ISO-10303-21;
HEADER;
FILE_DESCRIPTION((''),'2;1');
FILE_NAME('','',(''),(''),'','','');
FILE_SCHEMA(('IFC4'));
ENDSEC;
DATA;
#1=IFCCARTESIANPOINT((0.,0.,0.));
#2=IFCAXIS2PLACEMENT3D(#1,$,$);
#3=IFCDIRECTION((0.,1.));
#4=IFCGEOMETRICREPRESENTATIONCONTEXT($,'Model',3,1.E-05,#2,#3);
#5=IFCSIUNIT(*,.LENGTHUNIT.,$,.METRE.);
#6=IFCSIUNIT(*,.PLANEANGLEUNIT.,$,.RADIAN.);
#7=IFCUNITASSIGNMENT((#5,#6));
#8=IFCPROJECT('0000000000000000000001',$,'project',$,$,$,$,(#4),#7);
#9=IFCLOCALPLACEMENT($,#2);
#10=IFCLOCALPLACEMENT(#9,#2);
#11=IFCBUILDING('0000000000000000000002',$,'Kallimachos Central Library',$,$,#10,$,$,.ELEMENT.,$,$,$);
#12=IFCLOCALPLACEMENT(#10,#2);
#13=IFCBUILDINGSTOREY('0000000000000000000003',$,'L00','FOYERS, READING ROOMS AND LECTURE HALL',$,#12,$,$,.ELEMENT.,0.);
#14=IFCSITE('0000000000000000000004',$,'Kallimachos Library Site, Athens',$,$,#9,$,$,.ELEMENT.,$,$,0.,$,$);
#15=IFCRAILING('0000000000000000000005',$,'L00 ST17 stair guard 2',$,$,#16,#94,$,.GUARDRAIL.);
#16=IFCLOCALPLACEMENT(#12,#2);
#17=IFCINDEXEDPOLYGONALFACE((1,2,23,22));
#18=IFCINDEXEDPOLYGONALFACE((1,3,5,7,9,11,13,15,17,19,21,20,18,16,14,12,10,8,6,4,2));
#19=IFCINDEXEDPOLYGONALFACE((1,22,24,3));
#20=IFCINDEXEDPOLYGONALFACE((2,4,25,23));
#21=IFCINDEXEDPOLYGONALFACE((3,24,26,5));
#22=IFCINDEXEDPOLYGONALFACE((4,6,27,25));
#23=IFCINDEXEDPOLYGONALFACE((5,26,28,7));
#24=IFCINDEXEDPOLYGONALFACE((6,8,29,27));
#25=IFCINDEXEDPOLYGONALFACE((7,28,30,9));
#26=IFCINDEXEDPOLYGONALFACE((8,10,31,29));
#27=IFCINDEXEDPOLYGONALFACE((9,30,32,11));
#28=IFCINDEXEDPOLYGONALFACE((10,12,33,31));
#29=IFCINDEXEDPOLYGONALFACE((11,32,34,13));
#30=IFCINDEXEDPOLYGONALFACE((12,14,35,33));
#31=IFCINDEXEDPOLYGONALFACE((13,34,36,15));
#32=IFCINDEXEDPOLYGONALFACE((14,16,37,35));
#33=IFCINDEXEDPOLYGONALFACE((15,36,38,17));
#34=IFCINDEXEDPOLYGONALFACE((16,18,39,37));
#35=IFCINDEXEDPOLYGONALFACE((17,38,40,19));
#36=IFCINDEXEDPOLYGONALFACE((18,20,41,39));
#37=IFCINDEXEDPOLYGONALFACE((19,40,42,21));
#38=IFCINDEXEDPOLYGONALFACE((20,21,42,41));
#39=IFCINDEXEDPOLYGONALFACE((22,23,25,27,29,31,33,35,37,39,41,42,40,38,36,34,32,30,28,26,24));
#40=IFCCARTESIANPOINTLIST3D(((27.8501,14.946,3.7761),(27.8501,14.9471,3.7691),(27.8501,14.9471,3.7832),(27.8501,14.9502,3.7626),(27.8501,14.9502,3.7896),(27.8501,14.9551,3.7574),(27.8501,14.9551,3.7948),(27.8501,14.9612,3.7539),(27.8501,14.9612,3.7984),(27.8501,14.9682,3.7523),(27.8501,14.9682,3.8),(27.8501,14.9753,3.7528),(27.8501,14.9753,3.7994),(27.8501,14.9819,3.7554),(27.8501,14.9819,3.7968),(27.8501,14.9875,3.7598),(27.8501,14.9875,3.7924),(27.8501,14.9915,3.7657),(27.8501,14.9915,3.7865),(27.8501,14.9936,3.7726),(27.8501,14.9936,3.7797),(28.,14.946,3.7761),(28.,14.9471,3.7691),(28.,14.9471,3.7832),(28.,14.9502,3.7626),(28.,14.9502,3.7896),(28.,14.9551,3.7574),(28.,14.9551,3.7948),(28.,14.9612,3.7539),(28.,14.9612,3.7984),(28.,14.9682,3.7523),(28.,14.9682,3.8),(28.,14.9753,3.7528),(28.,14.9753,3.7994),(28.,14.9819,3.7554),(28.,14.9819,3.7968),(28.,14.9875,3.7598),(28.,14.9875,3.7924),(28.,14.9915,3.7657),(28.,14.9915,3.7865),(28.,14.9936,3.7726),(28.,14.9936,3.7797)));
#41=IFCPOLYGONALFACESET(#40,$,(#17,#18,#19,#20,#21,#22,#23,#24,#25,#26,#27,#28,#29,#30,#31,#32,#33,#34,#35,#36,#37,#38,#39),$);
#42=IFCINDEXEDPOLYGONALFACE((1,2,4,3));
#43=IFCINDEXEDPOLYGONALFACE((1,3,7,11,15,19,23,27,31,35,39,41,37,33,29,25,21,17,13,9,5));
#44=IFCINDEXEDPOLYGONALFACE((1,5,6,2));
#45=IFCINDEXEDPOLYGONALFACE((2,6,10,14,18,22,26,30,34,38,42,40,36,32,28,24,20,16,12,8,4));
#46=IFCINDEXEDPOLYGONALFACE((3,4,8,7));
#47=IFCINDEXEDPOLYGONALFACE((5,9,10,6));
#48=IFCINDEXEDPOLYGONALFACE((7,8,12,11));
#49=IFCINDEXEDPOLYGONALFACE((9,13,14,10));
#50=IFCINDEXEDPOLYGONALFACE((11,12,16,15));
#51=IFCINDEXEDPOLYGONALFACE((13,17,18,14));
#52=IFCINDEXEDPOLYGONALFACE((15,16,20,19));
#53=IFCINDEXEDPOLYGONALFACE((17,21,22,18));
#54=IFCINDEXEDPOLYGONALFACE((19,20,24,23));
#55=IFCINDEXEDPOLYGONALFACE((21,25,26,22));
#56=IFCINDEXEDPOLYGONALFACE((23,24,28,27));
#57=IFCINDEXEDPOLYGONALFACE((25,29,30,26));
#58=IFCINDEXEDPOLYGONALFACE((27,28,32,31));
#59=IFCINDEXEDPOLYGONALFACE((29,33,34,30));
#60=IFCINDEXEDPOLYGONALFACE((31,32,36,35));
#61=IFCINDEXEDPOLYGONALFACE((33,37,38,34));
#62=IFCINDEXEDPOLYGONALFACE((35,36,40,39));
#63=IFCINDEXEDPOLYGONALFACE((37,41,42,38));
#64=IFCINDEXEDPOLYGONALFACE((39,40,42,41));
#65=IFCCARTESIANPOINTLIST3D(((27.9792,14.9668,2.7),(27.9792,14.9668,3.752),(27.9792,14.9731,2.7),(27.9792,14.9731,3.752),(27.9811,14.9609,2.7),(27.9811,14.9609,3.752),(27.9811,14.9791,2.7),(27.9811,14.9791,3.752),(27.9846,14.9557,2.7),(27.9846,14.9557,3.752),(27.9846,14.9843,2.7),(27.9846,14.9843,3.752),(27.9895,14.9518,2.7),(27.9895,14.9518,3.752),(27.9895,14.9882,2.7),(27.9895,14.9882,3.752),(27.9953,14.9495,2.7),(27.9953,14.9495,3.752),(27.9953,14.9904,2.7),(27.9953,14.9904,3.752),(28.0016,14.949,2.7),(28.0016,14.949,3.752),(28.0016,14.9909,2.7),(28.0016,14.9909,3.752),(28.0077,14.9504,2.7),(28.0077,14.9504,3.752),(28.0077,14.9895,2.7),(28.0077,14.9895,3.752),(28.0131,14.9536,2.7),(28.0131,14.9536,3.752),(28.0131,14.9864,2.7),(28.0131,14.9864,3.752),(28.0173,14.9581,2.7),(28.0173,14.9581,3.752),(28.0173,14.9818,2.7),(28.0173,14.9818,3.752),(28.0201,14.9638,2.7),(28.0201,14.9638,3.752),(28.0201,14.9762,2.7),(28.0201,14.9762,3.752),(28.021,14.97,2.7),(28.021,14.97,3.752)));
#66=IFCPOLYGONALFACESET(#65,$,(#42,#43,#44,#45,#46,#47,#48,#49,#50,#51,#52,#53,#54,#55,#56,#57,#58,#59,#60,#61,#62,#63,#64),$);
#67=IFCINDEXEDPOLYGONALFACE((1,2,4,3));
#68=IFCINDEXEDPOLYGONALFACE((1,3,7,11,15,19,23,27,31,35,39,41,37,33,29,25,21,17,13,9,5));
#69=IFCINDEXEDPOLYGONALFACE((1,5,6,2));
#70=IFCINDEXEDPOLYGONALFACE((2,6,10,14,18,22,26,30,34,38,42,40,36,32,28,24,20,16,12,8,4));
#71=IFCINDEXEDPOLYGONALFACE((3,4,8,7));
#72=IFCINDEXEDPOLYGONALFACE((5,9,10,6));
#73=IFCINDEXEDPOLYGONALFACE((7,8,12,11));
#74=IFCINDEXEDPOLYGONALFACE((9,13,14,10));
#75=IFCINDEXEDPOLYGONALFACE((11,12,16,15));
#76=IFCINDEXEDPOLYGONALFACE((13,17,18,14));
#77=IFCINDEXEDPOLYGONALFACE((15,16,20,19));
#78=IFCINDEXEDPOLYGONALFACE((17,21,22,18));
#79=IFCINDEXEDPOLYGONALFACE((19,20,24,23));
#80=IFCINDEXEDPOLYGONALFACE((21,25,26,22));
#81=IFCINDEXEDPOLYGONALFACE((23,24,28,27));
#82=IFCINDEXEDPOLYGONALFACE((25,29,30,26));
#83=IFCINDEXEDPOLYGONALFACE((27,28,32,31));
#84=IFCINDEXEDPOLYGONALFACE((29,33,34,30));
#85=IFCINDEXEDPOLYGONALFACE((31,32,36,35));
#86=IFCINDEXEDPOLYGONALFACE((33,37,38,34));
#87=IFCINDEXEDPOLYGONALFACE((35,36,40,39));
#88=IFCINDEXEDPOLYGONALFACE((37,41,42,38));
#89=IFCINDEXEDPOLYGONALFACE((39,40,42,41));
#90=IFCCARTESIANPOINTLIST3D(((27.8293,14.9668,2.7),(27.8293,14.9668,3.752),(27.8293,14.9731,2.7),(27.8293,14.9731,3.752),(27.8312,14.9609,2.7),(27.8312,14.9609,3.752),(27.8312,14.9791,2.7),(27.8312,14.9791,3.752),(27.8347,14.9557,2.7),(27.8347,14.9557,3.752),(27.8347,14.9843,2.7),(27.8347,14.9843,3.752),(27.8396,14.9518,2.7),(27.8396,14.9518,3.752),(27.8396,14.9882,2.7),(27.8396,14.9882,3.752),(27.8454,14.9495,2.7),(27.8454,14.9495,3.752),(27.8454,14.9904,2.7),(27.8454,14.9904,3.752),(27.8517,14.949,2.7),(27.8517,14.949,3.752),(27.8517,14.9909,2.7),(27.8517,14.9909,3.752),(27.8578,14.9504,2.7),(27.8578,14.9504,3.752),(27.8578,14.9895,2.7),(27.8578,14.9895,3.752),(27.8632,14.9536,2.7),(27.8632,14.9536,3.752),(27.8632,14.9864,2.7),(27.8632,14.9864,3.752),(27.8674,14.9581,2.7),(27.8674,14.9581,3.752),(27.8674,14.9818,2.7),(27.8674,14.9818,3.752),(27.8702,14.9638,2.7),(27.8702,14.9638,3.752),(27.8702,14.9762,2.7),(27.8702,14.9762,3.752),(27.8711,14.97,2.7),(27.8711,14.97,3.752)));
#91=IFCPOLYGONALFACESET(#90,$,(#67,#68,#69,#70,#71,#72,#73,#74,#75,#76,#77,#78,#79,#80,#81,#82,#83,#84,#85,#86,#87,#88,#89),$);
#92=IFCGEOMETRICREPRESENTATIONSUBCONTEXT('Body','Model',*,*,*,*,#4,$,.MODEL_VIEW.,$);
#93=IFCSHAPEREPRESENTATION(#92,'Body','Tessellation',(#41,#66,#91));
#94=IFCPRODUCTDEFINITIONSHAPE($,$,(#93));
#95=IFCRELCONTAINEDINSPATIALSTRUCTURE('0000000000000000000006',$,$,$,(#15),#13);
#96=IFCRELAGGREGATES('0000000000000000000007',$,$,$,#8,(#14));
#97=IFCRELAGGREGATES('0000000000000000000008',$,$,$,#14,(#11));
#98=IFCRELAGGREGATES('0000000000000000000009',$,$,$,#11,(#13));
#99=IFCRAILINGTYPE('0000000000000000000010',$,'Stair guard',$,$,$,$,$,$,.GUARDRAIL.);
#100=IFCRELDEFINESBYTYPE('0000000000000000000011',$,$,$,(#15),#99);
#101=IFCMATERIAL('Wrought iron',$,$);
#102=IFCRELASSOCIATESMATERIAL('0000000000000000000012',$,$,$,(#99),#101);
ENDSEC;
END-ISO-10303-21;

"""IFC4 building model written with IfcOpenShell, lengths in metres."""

from ifc_helpers import new_model, si_unit, direction, frame, origin, origin_2d, place, context, subcontext, project, spatial, circle, extrude, material, type_object, element, save


model = new_model("IFC4")

# Units and contexts
model_context = context("Model", 3, precision=1e-05, world=origin(), true_north=direction((0.0, 1.0)))
body_context = subcontext(model_context, "Body", "Model", "MODEL_VIEW")
ifc_project = project(units=[si_unit("LENGTHUNIT", "METRE"), si_unit("PLANEANGLEUNIT", "RADIAN")], contexts=[model_context])

# Site, building, storey
site_placement = place(None, origin())
site = spatial("IfcSite", under=ifc_project, at=site_placement, Name="Kallimachos Library Site, Athens", CompositionType="ELEMENT", RefElevation=0.0)
building_placement = place(site_placement, origin())
building = spatial("IfcBuilding", under=site, at=building_placement, Name="Kallimachos Central Library", CompositionType="ELEMENT")
storey_placement = place(building_placement, origin())
storey = spatial("IfcBuildingStorey", under=building, at=storey_placement, Name="L00", Description="FOYERS, READING ROOMS AND LECTURE HALL", CompositionType="ELEMENT", Elevation=0.0)

# Railing
ifc_material_1 = material(Name="Wrought iron")
railing_type_1 = type_object("IfcRailingType", Name="Stair guard", PredefinedType="GUARDRAIL", material=ifc_material_1)
railing_1_placement = place(storey_placement, frame((28.0, 14.97, 2.7)))
element("IfcRailing", 1, at=railing_1_placement, inside=storey, type_object=railing_type_1, Name="L00 ST17 stair guard 2", PredefinedType="GUARDRAIL", context=body_context, shape_type="SweptSolid", body=[
    extrude(circle(Radius=0.0239, at=origin_2d()), frame((0.0, 0.0, 1.0762), z_axis=(-1.0, 0.0, 0.0), x_axis=(0.0, -1.0, 0.0)), (0.0, 0.0, 1.0), 0.1499),
    extrude(circle(Radius=0.021, at=origin_2d()), origin(), (0.0, 0.0, 1.0), 1.052),
    extrude(circle(Radius=0.021, at=origin_2d()), frame((-0.1499, 0.0, 0.0)), (0.0, 0.0, 1.0), 1.052),
])

save(model, "model.ifc")
